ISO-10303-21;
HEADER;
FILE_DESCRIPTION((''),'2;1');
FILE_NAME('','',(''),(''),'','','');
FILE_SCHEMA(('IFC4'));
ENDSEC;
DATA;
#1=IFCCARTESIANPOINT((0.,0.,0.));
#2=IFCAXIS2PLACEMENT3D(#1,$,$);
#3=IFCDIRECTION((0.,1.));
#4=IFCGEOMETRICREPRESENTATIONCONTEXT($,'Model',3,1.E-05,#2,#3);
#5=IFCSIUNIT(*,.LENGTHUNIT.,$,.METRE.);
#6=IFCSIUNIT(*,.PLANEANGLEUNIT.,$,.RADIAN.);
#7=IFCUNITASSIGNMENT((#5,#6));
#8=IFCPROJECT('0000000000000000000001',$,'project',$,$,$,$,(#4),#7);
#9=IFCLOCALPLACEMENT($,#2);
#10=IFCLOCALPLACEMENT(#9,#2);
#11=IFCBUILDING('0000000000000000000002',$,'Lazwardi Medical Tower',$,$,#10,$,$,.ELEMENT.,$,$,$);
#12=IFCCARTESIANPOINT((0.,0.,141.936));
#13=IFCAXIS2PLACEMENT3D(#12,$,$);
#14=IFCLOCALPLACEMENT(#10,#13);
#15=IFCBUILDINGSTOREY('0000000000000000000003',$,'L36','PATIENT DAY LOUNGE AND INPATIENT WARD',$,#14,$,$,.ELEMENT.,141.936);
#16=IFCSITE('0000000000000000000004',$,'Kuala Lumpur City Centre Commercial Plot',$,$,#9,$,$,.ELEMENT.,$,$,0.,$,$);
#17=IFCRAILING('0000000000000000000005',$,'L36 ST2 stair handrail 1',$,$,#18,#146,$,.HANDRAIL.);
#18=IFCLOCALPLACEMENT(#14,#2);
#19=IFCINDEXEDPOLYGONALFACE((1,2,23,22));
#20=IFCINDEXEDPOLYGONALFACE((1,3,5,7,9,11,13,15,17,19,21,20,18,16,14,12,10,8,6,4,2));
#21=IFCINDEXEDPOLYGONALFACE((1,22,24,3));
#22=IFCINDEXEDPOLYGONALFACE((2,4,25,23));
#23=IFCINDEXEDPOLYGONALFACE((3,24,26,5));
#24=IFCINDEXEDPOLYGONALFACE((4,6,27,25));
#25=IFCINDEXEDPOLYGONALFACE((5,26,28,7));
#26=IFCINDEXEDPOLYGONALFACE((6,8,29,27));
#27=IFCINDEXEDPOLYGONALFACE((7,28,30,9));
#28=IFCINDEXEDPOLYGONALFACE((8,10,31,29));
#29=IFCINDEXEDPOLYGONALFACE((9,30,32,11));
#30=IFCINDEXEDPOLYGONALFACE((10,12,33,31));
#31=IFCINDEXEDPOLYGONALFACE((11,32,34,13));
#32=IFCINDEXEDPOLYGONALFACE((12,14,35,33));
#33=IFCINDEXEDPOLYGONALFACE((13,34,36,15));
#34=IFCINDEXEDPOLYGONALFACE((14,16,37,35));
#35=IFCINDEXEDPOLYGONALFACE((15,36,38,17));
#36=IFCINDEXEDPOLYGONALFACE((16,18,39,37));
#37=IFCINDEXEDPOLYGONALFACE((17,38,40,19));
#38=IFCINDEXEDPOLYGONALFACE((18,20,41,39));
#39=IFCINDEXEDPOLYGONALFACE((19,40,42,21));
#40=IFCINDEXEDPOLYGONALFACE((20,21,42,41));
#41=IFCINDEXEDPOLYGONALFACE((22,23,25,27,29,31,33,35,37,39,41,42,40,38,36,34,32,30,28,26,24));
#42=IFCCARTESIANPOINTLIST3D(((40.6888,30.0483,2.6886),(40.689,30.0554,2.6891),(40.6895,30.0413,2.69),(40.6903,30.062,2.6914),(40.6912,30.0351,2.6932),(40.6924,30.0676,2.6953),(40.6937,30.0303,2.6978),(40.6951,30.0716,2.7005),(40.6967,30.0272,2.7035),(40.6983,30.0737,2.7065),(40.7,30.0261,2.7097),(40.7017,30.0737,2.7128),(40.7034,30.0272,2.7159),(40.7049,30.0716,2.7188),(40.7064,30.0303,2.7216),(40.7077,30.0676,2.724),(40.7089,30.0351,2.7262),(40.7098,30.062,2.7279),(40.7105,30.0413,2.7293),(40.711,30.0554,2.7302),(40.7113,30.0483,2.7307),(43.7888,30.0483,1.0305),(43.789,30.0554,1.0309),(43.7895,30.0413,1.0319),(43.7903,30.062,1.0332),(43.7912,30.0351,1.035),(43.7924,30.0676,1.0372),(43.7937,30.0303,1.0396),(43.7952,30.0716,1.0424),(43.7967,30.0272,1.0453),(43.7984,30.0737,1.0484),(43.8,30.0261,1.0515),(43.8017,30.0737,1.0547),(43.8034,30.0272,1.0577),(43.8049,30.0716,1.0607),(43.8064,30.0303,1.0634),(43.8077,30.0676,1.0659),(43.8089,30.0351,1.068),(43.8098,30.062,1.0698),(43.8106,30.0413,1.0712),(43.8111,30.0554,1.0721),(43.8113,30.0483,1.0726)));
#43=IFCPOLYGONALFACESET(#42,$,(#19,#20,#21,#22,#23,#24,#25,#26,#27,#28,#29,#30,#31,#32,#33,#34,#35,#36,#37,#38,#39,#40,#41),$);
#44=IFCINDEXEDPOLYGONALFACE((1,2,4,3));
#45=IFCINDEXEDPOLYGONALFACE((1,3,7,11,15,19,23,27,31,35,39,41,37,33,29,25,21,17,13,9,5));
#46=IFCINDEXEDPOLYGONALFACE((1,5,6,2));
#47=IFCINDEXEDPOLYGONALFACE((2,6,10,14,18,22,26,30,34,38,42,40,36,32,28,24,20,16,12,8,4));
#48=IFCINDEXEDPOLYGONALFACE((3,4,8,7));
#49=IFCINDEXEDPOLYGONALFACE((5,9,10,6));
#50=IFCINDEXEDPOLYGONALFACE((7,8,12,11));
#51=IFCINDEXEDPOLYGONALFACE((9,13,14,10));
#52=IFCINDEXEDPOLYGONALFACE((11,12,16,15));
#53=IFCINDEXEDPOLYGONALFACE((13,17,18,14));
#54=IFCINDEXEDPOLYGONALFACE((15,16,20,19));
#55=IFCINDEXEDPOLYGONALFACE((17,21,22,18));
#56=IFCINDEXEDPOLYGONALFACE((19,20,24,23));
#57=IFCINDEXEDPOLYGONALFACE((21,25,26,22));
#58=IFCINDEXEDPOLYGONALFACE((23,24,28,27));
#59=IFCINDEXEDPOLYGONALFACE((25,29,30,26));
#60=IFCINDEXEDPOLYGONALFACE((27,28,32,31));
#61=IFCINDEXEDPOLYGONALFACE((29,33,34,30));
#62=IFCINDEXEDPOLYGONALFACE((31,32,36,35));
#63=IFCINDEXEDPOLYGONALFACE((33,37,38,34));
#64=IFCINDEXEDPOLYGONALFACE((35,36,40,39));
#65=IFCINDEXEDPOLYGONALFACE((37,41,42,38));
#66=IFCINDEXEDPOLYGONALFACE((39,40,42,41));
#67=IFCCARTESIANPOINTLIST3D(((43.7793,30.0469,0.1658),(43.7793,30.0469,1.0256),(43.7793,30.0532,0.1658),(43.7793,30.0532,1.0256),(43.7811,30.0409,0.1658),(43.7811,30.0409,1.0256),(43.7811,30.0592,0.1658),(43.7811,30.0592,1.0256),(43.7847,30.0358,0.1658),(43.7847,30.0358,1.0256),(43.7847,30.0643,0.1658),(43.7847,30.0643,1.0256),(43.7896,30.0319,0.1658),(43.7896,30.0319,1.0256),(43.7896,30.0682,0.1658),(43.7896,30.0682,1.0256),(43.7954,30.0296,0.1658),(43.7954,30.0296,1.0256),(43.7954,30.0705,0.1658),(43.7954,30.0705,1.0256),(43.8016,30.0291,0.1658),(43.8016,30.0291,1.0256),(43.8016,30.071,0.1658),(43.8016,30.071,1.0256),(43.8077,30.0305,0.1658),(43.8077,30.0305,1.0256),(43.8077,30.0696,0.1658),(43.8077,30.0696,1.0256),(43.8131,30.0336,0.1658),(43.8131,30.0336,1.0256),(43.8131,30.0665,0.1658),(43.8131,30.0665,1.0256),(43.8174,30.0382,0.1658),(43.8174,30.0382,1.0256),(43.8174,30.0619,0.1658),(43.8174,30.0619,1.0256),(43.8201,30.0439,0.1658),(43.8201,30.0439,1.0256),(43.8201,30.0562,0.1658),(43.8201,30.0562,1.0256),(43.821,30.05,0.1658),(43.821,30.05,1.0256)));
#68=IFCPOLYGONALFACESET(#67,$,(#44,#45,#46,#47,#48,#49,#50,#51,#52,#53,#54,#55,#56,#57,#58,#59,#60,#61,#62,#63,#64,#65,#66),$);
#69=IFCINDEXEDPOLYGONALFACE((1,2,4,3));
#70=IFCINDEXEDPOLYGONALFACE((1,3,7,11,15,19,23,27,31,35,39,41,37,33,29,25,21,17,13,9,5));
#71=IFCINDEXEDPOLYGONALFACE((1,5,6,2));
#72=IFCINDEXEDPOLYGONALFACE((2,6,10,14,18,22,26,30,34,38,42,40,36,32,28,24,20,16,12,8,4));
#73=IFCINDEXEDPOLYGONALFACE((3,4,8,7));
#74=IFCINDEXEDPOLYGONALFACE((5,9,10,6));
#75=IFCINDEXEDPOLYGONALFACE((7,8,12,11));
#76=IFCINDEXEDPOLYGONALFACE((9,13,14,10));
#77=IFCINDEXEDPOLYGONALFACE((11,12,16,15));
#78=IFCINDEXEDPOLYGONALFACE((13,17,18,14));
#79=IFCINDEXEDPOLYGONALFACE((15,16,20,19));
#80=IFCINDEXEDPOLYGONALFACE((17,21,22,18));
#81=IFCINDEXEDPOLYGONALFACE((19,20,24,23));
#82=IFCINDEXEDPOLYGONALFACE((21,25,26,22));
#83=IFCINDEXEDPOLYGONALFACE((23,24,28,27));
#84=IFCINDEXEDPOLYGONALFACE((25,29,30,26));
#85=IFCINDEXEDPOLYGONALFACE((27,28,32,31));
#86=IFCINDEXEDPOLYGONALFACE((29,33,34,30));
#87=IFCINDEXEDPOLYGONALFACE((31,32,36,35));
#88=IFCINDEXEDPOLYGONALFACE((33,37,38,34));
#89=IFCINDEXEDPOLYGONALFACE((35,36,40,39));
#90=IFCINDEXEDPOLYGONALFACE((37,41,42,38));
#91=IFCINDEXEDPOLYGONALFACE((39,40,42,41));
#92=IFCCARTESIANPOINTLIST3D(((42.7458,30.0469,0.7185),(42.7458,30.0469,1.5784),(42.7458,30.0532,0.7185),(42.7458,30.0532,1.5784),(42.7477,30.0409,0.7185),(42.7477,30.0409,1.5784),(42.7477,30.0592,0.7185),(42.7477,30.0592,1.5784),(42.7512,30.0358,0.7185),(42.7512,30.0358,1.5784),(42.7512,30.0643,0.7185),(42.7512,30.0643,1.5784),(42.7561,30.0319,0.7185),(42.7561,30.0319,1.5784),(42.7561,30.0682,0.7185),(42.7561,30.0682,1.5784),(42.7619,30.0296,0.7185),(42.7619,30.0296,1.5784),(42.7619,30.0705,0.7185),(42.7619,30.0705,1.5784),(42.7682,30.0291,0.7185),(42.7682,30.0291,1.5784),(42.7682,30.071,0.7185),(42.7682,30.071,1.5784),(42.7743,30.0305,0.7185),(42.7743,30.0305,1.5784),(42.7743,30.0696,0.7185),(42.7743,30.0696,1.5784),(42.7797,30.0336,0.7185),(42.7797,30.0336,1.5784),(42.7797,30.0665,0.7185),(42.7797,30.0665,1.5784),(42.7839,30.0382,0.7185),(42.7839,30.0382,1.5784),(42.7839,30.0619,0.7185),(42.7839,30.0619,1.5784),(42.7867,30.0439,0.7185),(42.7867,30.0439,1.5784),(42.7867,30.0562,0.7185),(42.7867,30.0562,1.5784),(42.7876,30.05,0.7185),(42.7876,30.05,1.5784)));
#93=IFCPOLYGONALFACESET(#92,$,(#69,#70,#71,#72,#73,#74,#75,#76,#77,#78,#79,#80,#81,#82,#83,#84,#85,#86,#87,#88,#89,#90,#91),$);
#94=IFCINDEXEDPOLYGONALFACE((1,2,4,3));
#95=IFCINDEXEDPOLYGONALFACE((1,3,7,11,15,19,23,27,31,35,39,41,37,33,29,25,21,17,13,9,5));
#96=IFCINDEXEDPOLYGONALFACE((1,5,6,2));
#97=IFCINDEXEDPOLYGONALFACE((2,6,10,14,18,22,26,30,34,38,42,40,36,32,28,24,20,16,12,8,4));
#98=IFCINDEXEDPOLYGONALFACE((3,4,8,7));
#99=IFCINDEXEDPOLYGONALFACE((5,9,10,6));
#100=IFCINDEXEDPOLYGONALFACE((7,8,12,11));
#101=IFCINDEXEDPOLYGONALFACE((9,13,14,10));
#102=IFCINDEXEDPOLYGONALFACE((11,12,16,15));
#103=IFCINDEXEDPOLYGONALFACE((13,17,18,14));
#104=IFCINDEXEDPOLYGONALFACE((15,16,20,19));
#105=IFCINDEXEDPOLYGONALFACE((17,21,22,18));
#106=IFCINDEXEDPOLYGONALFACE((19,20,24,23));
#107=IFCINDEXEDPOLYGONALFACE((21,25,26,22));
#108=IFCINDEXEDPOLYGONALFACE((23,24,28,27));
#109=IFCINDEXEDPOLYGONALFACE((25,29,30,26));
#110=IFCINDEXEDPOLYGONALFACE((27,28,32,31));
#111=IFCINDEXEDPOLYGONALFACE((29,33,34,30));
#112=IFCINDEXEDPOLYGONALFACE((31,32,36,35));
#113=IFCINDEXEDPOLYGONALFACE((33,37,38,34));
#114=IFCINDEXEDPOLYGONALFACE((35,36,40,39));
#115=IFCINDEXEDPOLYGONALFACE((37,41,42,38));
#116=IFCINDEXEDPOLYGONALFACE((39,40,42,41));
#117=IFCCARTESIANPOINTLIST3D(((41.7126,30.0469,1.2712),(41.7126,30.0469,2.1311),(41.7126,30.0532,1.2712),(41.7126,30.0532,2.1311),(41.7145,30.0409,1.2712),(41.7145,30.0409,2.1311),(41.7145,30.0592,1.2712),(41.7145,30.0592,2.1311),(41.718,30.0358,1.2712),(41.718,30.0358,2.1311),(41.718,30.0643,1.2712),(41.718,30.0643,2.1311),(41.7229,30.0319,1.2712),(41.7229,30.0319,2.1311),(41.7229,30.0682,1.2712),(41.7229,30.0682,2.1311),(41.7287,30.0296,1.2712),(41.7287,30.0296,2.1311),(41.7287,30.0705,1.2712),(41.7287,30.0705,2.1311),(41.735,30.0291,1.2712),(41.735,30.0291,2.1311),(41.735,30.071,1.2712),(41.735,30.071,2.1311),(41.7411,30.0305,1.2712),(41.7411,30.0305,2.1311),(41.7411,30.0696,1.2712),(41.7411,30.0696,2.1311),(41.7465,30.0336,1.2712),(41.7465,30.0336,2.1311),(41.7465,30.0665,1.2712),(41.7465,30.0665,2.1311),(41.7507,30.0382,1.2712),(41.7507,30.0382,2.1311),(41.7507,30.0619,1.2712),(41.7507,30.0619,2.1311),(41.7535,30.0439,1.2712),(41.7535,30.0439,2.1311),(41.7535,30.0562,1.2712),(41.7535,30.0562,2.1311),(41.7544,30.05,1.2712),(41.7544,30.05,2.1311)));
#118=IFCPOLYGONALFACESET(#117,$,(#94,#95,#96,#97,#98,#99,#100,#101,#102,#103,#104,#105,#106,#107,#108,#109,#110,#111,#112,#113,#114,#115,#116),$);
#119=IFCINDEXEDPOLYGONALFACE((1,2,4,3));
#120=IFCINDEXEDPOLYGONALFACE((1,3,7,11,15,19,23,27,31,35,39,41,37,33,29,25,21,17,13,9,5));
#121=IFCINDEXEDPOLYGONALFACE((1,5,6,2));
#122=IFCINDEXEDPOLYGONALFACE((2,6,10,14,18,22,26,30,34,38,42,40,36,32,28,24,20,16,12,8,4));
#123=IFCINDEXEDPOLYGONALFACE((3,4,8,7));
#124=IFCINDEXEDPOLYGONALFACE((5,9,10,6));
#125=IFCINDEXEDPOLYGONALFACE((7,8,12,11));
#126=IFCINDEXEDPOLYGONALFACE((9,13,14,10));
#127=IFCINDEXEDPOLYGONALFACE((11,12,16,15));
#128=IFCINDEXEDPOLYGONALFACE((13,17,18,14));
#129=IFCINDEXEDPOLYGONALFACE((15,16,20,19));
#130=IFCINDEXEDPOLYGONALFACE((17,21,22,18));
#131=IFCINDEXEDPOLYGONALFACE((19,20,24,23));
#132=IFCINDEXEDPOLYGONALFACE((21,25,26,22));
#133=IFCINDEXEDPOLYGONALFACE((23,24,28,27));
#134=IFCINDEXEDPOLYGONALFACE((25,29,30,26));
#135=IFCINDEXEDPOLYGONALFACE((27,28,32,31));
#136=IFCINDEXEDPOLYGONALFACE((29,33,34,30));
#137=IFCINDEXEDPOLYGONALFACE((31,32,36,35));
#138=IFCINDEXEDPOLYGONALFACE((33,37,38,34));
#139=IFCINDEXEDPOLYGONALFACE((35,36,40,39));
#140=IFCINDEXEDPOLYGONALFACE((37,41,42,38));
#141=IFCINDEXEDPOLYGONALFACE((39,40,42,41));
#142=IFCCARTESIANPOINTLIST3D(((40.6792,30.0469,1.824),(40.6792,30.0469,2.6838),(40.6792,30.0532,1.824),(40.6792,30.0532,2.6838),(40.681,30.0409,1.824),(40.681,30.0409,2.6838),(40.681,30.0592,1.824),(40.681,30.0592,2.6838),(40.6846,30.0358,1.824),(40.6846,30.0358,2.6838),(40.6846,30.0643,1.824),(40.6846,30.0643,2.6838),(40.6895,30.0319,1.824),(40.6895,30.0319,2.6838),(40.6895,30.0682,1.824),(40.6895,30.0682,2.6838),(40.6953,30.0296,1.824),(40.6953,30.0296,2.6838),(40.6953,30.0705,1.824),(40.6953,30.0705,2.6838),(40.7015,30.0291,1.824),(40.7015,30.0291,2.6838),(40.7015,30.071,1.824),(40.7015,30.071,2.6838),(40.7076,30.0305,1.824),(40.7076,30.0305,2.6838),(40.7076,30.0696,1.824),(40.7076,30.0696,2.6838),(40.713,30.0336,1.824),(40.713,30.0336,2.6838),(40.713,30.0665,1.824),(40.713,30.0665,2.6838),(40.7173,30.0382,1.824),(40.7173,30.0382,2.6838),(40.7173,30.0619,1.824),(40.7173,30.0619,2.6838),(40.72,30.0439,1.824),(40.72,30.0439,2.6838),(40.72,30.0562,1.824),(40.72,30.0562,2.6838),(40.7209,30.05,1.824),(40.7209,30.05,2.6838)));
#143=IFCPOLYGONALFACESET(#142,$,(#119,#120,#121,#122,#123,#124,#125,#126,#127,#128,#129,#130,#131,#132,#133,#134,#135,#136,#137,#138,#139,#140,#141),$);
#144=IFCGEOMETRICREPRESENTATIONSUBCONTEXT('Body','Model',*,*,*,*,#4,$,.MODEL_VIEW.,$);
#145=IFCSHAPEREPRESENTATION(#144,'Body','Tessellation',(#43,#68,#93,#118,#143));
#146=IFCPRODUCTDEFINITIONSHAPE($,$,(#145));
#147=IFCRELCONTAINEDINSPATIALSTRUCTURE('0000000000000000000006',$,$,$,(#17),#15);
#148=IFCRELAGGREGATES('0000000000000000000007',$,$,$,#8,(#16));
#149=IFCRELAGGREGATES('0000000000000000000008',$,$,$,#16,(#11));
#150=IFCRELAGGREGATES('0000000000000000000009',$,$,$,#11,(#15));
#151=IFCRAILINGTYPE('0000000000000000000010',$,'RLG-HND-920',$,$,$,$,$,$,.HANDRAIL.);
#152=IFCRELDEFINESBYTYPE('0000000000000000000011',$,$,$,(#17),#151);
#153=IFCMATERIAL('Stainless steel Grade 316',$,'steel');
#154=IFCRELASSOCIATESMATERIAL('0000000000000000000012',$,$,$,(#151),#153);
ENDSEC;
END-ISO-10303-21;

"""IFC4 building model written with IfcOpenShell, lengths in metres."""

from ifc_helpers import new_model, si_unit, direction, frame, origin, origin_2d, place, context, subcontext, project, spatial, circle, extrude, material, type_object, element, save


model = new_model("IFC4")

# Units and contexts
model_context = context("Model", 3, precision=1e-05, world=origin(), true_north=direction((0.0, 1.0)))
body_context = subcontext(model_context, "Body", "Model", "MODEL_VIEW")
ifc_project = project(units=[si_unit("LENGTHUNIT", "METRE"), si_unit("PLANEANGLEUNIT", "RADIAN")], contexts=[model_context])

# Site, building, storey
site_placement = place(None, origin())
site = spatial("IfcSite", under=ifc_project, at=site_placement, Name="Kuala Lumpur City Centre Commercial Plot", CompositionType="ELEMENT", RefElevation=0.0)
building_placement = place(site_placement, origin())
building = spatial("IfcBuilding", under=site, at=building_placement, Name="Lazwardi Medical Tower", CompositionType="ELEMENT")
storey_placement = place(building_placement, frame((0.0, 0.0, 141.936)))
storey = spatial("IfcBuildingStorey", under=building, at=storey_placement, Name="L36", Description="PATIENT DAY LOUNGE AND INPATIENT WARD", CompositionType="ELEMENT", Elevation=141.936)

# Railing
ifc_material_1 = material(Name="Stainless steel Grade 316", Category="steel")
railing_type_1 = type_object("IfcRailingType", Name="RLG-HND-920", PredefinedType="HANDRAIL", material=ifc_material_1)
railing_1_placement = place(storey_placement, frame((43.8, 30.05, 0.1658)))
element("IfcRailing", 1, at=railing_1_placement, inside=storey, type_object=railing_type_1, Name="L36 ST2 stair handrail 1", PredefinedType="HANDRAIL", context=body_context, shape_type="SweptSolid", body=[
    extrude(circle(Radius=0.0239, at=origin_2d()), frame((0.0, 0.0, 0.8857), z_axis=(-0.881783, 0.0, 0.471655), x_axis=(0.0, -1.0, 0.0)), (0.0, 0.0, 1.0), 3.5156),
    extrude(circle(Radius=0.021, at=origin_2d()), origin(), (0.0, 0.0, 1.0), 0.8599),
    extrude(circle(Radius=0.021, at=origin_2d()), frame((-1.0334, 0.0, 0.5527)), (0.0, 0.0, 1.0), 0.8599),
    extrude(circle(Radius=0.021, at=origin_2d()), frame((-2.0667, 0.0, 1.1055)), (0.0, 0.0, 1.0), 0.8599),
    extrude(circle(Radius=0.021, at=origin_2d()), frame((-3.1001, 0.0, 1.6582)), (0.0, 0.0, 1.0), 0.8599),
])

save(model, "model.ifc")
